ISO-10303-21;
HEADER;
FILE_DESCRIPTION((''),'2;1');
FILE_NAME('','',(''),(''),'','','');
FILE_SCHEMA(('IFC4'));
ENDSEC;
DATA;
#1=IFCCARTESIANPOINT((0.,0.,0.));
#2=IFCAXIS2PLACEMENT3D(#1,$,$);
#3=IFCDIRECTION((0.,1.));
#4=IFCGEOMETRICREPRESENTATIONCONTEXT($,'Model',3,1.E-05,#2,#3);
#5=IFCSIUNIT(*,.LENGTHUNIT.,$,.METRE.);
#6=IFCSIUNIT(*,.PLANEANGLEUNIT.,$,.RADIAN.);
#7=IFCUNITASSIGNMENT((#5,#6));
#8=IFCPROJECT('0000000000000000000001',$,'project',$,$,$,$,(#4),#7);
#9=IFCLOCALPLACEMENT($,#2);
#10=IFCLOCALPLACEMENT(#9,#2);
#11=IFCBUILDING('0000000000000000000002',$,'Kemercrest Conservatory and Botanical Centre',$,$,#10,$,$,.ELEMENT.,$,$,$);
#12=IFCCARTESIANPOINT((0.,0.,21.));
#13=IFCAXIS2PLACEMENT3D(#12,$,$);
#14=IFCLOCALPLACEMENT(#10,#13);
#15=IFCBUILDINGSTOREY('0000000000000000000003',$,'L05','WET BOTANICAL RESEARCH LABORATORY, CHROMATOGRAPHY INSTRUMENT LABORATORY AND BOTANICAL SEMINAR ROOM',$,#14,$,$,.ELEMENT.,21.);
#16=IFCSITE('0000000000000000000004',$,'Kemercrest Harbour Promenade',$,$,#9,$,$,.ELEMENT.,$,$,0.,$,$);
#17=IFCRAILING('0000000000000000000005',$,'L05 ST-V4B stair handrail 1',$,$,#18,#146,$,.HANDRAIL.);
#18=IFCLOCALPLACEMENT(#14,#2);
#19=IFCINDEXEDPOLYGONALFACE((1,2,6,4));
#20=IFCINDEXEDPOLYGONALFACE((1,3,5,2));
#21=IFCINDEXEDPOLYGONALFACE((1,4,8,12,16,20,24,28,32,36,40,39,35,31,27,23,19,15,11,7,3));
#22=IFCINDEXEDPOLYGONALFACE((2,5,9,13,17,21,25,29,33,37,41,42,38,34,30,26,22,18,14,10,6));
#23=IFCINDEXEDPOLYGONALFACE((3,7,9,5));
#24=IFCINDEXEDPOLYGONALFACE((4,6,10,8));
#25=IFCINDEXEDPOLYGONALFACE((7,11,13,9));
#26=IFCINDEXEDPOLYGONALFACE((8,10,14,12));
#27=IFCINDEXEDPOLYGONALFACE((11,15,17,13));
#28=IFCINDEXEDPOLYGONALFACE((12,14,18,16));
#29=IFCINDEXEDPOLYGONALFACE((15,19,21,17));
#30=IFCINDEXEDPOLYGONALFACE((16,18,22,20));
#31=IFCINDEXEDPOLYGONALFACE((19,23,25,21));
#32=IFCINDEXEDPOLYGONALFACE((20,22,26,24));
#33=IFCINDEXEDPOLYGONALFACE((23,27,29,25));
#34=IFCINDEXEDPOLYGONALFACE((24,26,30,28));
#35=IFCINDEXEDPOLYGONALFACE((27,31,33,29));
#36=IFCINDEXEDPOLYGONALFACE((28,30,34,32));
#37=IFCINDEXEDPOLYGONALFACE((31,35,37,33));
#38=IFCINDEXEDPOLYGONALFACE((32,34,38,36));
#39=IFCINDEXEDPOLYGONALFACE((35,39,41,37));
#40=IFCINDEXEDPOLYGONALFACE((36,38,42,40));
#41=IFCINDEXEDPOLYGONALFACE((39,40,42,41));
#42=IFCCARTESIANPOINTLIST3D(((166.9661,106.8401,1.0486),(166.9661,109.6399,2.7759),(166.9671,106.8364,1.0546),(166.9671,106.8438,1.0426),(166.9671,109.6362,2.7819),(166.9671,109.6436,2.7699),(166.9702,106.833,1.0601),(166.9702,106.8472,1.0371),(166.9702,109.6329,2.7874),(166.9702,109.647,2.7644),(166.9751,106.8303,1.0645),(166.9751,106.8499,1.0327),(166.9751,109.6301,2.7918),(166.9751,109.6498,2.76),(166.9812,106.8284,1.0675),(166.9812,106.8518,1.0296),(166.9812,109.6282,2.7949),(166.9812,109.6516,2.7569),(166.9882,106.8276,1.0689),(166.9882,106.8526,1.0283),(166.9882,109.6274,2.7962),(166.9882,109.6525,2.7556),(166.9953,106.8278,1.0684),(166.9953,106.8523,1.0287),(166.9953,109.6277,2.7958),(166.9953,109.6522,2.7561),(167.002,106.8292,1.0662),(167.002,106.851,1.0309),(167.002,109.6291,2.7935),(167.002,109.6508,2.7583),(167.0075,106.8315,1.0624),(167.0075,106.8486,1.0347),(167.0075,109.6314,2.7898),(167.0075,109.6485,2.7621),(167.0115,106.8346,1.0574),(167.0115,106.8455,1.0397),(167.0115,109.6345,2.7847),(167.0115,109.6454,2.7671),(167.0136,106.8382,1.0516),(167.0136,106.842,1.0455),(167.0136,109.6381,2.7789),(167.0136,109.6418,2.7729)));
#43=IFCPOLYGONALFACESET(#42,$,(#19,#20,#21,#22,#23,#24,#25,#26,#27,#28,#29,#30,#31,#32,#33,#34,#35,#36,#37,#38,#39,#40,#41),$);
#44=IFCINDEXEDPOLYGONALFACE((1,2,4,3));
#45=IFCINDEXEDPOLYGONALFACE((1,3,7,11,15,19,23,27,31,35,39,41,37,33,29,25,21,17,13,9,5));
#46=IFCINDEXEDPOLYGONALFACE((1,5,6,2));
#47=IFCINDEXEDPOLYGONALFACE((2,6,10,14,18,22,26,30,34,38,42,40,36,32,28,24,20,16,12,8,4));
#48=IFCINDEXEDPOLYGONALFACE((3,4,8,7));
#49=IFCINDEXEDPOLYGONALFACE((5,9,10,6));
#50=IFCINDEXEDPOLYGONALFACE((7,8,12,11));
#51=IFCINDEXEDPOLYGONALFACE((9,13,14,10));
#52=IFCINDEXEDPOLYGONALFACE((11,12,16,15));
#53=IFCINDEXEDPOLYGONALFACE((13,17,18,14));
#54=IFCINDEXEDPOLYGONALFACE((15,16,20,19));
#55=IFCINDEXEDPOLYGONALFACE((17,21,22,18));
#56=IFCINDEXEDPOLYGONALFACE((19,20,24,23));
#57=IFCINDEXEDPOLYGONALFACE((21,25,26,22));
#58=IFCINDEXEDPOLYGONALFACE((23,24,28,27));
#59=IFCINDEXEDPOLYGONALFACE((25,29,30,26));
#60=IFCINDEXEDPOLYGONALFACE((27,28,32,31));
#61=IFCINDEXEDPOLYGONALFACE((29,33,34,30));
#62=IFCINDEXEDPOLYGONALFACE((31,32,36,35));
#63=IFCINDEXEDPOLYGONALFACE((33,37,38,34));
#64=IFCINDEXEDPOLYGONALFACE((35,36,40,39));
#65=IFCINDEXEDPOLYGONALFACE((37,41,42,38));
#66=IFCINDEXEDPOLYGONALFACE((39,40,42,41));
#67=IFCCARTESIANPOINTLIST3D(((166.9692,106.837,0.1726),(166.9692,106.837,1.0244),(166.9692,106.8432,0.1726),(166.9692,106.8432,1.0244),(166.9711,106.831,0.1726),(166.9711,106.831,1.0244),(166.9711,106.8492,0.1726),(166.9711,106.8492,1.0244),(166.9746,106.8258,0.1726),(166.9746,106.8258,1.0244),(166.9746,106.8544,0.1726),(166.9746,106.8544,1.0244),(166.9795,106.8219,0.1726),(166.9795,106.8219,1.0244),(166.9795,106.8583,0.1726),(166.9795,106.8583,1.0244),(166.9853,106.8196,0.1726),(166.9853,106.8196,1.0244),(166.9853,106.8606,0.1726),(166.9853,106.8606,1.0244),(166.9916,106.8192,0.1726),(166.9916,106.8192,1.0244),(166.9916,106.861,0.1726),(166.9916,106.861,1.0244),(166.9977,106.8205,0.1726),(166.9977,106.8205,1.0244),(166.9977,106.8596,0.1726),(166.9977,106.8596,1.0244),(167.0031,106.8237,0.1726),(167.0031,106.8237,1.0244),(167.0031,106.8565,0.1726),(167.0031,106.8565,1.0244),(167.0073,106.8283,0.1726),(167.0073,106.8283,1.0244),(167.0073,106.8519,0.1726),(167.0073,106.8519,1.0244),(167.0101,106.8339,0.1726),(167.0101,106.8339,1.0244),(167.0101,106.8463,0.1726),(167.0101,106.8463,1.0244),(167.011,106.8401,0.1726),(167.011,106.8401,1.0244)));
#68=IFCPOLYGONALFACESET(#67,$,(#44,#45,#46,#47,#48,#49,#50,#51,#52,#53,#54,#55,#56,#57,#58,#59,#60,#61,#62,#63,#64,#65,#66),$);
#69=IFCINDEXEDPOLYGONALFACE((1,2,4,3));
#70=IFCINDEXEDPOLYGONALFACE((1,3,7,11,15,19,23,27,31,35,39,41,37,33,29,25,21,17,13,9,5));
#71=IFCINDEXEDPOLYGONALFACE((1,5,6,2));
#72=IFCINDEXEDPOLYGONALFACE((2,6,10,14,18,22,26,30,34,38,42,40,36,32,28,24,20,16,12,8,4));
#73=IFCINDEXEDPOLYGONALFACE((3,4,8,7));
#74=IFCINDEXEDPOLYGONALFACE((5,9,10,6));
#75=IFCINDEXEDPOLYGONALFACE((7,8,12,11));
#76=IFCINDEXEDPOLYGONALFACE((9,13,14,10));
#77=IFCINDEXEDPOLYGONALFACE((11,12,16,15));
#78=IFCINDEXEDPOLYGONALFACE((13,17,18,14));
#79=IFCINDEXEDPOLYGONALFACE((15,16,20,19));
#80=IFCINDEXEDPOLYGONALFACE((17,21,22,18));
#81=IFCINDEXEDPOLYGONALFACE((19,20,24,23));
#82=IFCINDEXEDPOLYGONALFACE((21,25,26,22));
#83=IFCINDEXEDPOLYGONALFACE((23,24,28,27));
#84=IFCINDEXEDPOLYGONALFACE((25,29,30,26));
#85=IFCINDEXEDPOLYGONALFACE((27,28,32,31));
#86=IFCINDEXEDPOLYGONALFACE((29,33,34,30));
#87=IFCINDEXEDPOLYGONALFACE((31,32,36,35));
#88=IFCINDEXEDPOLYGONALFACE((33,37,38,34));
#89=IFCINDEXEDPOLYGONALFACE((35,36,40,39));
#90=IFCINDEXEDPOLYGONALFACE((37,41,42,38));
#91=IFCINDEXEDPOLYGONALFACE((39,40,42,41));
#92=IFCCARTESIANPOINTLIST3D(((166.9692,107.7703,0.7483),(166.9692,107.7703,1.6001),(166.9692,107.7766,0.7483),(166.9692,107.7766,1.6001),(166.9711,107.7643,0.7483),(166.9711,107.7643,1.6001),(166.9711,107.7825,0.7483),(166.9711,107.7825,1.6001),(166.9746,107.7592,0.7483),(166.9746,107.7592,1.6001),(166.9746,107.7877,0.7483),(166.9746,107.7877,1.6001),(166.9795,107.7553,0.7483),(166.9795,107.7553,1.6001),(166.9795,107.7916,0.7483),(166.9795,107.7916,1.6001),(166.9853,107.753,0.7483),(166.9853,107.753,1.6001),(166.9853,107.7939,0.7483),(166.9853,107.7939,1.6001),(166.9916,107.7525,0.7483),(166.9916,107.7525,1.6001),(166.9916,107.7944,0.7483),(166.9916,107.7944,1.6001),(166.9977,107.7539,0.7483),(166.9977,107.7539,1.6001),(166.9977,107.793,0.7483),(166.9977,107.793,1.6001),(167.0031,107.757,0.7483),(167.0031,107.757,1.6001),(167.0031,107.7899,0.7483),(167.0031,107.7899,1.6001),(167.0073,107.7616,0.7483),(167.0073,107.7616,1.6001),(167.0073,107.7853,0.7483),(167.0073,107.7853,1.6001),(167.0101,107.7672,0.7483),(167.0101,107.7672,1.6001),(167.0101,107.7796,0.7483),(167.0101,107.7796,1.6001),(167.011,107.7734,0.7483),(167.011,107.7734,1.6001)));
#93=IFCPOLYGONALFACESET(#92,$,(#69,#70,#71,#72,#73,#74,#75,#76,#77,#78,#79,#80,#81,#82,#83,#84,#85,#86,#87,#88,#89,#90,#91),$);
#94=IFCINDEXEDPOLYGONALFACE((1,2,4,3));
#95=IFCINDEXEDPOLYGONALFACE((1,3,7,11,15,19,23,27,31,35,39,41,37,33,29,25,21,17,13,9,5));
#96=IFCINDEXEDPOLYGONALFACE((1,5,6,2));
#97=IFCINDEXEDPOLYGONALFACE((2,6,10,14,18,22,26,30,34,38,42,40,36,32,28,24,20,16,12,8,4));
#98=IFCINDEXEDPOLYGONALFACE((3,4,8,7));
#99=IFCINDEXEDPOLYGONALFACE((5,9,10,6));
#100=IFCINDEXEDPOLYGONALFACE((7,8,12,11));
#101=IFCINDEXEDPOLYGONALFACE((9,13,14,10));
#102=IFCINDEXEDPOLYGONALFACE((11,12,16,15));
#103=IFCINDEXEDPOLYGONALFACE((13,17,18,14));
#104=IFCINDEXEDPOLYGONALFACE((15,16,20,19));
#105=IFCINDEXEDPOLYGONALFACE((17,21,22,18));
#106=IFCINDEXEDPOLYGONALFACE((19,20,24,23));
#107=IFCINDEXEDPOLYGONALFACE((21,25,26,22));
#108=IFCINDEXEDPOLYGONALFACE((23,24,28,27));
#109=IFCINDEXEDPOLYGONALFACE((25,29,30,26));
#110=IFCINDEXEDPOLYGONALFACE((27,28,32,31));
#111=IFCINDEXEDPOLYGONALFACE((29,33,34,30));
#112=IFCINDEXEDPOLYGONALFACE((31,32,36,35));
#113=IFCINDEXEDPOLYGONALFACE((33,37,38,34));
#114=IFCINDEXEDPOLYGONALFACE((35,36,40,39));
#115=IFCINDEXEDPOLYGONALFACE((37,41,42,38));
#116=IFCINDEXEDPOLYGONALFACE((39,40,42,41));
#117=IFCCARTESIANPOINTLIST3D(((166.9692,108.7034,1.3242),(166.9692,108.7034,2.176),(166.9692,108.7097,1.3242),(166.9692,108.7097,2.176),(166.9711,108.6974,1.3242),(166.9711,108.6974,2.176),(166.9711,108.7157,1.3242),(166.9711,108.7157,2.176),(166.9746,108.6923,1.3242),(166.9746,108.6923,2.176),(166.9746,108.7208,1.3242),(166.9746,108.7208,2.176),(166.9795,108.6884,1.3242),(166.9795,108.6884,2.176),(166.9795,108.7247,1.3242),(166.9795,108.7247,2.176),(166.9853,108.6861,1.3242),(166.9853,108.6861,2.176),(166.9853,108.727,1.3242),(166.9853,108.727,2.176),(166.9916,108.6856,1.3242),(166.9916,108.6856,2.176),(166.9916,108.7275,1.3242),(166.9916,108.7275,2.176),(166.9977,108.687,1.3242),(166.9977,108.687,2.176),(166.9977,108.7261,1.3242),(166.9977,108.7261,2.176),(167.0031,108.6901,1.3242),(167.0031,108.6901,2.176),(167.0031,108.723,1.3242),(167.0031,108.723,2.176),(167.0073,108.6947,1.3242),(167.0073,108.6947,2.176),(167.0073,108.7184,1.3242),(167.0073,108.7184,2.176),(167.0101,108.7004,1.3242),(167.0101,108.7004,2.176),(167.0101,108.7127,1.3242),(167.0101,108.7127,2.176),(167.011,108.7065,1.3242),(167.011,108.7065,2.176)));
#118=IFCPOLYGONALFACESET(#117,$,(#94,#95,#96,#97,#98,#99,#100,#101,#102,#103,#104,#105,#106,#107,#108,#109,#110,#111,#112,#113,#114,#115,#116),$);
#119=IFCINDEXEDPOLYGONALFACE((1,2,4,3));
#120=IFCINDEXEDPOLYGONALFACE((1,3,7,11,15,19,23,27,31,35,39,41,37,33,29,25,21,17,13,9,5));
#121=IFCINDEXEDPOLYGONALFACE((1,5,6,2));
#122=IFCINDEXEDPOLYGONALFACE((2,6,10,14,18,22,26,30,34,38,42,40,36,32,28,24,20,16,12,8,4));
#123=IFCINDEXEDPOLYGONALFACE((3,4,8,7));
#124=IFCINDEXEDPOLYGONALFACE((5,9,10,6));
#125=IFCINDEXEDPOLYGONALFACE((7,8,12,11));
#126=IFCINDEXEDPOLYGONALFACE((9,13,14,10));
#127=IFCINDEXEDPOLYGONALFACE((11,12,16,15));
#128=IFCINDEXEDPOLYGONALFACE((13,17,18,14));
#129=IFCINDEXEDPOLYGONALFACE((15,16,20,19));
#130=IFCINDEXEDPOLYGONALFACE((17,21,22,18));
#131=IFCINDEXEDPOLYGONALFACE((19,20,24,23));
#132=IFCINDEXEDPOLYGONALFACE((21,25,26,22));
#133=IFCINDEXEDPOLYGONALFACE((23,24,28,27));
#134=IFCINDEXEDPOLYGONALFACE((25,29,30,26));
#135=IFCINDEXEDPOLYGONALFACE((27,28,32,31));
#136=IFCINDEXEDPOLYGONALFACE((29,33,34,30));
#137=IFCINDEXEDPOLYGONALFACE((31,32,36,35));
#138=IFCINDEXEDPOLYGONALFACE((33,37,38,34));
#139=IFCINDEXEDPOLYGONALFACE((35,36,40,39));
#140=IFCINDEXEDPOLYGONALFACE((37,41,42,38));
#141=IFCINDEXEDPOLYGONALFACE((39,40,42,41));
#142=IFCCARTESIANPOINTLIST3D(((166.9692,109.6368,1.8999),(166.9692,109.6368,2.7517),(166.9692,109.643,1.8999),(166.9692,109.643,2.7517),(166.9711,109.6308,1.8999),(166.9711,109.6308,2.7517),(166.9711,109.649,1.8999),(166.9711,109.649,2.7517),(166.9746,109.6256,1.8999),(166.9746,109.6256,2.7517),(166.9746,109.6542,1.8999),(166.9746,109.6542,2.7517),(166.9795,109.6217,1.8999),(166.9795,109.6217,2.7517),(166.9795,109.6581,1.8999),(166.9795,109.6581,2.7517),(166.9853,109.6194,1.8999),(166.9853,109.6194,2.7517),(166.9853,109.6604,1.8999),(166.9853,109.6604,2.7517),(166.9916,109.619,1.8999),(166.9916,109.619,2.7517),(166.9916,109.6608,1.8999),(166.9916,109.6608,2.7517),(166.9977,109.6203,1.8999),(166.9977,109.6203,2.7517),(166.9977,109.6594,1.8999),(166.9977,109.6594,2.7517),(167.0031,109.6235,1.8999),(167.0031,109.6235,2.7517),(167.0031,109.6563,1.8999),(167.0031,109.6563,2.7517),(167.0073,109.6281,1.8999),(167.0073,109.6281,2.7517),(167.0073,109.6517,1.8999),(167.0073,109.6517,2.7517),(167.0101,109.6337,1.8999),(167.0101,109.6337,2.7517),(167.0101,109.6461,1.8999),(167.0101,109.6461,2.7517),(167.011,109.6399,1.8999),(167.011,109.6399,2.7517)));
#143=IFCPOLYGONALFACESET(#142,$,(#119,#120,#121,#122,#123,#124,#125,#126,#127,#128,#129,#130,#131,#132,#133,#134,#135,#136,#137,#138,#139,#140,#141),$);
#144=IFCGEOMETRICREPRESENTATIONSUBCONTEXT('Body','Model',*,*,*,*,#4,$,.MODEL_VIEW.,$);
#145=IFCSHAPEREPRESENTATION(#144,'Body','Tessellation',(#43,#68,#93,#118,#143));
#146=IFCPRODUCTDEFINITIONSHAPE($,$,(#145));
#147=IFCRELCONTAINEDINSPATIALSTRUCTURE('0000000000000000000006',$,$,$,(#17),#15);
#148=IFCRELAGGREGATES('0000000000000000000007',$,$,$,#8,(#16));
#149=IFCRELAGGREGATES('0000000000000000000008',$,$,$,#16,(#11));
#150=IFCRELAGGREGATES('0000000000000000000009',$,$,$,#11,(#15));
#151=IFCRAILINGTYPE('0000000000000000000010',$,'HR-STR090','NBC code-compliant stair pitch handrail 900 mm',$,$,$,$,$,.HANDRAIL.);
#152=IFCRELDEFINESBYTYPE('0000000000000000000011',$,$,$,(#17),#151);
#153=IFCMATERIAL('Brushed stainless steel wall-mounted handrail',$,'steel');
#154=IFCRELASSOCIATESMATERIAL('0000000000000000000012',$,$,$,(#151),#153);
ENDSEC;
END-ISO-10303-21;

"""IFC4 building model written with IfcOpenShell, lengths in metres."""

from ifc_helpers import new_model, si_unit, direction, frame, origin, origin_2d, place, context, subcontext, project, spatial, circle, extrude, material, type_object, element, save


model = new_model("IFC4")

# Units and contexts
model_context = context("Model", 3, precision=1e-05, world=origin(), true_north=direction((0.0, 1.0)))
body_context = subcontext(model_context, "Body", "Model", "MODEL_VIEW")
ifc_project = project(units=[si_unit("LENGTHUNIT", "METRE"), si_unit("PLANEANGLEUNIT", "RADIAN")], contexts=[model_context])

# Site, building, storey
site_placement = place(None, origin())
site = spatial("IfcSite", under=ifc_project, at=site_placement, Name="Kemercrest Harbour Promenade", CompositionType="ELEMENT", RefElevation=0.0)
building_placement = place(site_placement, origin())
building = spatial("IfcBuilding", under=site, at=building_placement, Name="Kemercrest Conservatory and Botanical Centre", CompositionType="ELEMENT")
storey_placement = place(building_placement, frame((0.0, 0.0, 21.0)))
storey = spatial("IfcBuildingStorey", under=building, at=storey_placement, Name="L05", Description="WET BOTANICAL RESEARCH LABORATORY, CHROMATOGRAPHY INSTRUMENT LABORATORY AND BOTANICAL SEMINAR ROOM", CompositionType="ELEMENT", Elevation=21.0)

# Railing
ifc_material_1 = material(Name="Brushed stainless steel wall-mounted handrail", Category="steel")
railing_type_1 = type_object("IfcRailingType", Name="HR-STR090", Description="NBC code-compliant stair pitch handrail 900 mm", PredefinedType="HANDRAIL", material=ifc_material_1)
railing_1_placement = place(storey_placement, frame((166.99, 106.8401, 0.1726)))
element("IfcRailing", 1, at=railing_1_placement, inside=storey, type_object=railing_type_1, Name="L05 ST-V4B stair handrail 1", PredefinedType="HANDRAIL", context=body_context, shape_type="SweptSolid", body=[
    extrude(circle(Radius=0.0239, at=origin_2d()), frame((0.0, 0.0, 0.876), z_axis=(0.0, 0.851069, 0.525054), x_axis=(-1.0, 0.0, 0.0)), (0.0, 0.0, 1.0), 3.2898),
    extrude(circle(Radius=0.021, at=origin_2d()), origin(), (0.0, 0.0, 1.0), 0.8518),
    extrude(circle(Radius=0.021, at=origin_2d()), frame((0.0, 0.9333, 0.5757)), (0.0, 0.0, 1.0), 0.8518),
    extrude(circle(Radius=0.021, at=origin_2d()), frame((0.0, 1.8665, 1.1516)), (0.0, 0.0, 1.0), 0.8518),
    extrude(circle(Radius=0.021, at=origin_2d()), frame((0.0, 2.7998, 1.7273)), (0.0, 0.0, 1.0), 0.8518),
])

save(model, "model.ifc")
